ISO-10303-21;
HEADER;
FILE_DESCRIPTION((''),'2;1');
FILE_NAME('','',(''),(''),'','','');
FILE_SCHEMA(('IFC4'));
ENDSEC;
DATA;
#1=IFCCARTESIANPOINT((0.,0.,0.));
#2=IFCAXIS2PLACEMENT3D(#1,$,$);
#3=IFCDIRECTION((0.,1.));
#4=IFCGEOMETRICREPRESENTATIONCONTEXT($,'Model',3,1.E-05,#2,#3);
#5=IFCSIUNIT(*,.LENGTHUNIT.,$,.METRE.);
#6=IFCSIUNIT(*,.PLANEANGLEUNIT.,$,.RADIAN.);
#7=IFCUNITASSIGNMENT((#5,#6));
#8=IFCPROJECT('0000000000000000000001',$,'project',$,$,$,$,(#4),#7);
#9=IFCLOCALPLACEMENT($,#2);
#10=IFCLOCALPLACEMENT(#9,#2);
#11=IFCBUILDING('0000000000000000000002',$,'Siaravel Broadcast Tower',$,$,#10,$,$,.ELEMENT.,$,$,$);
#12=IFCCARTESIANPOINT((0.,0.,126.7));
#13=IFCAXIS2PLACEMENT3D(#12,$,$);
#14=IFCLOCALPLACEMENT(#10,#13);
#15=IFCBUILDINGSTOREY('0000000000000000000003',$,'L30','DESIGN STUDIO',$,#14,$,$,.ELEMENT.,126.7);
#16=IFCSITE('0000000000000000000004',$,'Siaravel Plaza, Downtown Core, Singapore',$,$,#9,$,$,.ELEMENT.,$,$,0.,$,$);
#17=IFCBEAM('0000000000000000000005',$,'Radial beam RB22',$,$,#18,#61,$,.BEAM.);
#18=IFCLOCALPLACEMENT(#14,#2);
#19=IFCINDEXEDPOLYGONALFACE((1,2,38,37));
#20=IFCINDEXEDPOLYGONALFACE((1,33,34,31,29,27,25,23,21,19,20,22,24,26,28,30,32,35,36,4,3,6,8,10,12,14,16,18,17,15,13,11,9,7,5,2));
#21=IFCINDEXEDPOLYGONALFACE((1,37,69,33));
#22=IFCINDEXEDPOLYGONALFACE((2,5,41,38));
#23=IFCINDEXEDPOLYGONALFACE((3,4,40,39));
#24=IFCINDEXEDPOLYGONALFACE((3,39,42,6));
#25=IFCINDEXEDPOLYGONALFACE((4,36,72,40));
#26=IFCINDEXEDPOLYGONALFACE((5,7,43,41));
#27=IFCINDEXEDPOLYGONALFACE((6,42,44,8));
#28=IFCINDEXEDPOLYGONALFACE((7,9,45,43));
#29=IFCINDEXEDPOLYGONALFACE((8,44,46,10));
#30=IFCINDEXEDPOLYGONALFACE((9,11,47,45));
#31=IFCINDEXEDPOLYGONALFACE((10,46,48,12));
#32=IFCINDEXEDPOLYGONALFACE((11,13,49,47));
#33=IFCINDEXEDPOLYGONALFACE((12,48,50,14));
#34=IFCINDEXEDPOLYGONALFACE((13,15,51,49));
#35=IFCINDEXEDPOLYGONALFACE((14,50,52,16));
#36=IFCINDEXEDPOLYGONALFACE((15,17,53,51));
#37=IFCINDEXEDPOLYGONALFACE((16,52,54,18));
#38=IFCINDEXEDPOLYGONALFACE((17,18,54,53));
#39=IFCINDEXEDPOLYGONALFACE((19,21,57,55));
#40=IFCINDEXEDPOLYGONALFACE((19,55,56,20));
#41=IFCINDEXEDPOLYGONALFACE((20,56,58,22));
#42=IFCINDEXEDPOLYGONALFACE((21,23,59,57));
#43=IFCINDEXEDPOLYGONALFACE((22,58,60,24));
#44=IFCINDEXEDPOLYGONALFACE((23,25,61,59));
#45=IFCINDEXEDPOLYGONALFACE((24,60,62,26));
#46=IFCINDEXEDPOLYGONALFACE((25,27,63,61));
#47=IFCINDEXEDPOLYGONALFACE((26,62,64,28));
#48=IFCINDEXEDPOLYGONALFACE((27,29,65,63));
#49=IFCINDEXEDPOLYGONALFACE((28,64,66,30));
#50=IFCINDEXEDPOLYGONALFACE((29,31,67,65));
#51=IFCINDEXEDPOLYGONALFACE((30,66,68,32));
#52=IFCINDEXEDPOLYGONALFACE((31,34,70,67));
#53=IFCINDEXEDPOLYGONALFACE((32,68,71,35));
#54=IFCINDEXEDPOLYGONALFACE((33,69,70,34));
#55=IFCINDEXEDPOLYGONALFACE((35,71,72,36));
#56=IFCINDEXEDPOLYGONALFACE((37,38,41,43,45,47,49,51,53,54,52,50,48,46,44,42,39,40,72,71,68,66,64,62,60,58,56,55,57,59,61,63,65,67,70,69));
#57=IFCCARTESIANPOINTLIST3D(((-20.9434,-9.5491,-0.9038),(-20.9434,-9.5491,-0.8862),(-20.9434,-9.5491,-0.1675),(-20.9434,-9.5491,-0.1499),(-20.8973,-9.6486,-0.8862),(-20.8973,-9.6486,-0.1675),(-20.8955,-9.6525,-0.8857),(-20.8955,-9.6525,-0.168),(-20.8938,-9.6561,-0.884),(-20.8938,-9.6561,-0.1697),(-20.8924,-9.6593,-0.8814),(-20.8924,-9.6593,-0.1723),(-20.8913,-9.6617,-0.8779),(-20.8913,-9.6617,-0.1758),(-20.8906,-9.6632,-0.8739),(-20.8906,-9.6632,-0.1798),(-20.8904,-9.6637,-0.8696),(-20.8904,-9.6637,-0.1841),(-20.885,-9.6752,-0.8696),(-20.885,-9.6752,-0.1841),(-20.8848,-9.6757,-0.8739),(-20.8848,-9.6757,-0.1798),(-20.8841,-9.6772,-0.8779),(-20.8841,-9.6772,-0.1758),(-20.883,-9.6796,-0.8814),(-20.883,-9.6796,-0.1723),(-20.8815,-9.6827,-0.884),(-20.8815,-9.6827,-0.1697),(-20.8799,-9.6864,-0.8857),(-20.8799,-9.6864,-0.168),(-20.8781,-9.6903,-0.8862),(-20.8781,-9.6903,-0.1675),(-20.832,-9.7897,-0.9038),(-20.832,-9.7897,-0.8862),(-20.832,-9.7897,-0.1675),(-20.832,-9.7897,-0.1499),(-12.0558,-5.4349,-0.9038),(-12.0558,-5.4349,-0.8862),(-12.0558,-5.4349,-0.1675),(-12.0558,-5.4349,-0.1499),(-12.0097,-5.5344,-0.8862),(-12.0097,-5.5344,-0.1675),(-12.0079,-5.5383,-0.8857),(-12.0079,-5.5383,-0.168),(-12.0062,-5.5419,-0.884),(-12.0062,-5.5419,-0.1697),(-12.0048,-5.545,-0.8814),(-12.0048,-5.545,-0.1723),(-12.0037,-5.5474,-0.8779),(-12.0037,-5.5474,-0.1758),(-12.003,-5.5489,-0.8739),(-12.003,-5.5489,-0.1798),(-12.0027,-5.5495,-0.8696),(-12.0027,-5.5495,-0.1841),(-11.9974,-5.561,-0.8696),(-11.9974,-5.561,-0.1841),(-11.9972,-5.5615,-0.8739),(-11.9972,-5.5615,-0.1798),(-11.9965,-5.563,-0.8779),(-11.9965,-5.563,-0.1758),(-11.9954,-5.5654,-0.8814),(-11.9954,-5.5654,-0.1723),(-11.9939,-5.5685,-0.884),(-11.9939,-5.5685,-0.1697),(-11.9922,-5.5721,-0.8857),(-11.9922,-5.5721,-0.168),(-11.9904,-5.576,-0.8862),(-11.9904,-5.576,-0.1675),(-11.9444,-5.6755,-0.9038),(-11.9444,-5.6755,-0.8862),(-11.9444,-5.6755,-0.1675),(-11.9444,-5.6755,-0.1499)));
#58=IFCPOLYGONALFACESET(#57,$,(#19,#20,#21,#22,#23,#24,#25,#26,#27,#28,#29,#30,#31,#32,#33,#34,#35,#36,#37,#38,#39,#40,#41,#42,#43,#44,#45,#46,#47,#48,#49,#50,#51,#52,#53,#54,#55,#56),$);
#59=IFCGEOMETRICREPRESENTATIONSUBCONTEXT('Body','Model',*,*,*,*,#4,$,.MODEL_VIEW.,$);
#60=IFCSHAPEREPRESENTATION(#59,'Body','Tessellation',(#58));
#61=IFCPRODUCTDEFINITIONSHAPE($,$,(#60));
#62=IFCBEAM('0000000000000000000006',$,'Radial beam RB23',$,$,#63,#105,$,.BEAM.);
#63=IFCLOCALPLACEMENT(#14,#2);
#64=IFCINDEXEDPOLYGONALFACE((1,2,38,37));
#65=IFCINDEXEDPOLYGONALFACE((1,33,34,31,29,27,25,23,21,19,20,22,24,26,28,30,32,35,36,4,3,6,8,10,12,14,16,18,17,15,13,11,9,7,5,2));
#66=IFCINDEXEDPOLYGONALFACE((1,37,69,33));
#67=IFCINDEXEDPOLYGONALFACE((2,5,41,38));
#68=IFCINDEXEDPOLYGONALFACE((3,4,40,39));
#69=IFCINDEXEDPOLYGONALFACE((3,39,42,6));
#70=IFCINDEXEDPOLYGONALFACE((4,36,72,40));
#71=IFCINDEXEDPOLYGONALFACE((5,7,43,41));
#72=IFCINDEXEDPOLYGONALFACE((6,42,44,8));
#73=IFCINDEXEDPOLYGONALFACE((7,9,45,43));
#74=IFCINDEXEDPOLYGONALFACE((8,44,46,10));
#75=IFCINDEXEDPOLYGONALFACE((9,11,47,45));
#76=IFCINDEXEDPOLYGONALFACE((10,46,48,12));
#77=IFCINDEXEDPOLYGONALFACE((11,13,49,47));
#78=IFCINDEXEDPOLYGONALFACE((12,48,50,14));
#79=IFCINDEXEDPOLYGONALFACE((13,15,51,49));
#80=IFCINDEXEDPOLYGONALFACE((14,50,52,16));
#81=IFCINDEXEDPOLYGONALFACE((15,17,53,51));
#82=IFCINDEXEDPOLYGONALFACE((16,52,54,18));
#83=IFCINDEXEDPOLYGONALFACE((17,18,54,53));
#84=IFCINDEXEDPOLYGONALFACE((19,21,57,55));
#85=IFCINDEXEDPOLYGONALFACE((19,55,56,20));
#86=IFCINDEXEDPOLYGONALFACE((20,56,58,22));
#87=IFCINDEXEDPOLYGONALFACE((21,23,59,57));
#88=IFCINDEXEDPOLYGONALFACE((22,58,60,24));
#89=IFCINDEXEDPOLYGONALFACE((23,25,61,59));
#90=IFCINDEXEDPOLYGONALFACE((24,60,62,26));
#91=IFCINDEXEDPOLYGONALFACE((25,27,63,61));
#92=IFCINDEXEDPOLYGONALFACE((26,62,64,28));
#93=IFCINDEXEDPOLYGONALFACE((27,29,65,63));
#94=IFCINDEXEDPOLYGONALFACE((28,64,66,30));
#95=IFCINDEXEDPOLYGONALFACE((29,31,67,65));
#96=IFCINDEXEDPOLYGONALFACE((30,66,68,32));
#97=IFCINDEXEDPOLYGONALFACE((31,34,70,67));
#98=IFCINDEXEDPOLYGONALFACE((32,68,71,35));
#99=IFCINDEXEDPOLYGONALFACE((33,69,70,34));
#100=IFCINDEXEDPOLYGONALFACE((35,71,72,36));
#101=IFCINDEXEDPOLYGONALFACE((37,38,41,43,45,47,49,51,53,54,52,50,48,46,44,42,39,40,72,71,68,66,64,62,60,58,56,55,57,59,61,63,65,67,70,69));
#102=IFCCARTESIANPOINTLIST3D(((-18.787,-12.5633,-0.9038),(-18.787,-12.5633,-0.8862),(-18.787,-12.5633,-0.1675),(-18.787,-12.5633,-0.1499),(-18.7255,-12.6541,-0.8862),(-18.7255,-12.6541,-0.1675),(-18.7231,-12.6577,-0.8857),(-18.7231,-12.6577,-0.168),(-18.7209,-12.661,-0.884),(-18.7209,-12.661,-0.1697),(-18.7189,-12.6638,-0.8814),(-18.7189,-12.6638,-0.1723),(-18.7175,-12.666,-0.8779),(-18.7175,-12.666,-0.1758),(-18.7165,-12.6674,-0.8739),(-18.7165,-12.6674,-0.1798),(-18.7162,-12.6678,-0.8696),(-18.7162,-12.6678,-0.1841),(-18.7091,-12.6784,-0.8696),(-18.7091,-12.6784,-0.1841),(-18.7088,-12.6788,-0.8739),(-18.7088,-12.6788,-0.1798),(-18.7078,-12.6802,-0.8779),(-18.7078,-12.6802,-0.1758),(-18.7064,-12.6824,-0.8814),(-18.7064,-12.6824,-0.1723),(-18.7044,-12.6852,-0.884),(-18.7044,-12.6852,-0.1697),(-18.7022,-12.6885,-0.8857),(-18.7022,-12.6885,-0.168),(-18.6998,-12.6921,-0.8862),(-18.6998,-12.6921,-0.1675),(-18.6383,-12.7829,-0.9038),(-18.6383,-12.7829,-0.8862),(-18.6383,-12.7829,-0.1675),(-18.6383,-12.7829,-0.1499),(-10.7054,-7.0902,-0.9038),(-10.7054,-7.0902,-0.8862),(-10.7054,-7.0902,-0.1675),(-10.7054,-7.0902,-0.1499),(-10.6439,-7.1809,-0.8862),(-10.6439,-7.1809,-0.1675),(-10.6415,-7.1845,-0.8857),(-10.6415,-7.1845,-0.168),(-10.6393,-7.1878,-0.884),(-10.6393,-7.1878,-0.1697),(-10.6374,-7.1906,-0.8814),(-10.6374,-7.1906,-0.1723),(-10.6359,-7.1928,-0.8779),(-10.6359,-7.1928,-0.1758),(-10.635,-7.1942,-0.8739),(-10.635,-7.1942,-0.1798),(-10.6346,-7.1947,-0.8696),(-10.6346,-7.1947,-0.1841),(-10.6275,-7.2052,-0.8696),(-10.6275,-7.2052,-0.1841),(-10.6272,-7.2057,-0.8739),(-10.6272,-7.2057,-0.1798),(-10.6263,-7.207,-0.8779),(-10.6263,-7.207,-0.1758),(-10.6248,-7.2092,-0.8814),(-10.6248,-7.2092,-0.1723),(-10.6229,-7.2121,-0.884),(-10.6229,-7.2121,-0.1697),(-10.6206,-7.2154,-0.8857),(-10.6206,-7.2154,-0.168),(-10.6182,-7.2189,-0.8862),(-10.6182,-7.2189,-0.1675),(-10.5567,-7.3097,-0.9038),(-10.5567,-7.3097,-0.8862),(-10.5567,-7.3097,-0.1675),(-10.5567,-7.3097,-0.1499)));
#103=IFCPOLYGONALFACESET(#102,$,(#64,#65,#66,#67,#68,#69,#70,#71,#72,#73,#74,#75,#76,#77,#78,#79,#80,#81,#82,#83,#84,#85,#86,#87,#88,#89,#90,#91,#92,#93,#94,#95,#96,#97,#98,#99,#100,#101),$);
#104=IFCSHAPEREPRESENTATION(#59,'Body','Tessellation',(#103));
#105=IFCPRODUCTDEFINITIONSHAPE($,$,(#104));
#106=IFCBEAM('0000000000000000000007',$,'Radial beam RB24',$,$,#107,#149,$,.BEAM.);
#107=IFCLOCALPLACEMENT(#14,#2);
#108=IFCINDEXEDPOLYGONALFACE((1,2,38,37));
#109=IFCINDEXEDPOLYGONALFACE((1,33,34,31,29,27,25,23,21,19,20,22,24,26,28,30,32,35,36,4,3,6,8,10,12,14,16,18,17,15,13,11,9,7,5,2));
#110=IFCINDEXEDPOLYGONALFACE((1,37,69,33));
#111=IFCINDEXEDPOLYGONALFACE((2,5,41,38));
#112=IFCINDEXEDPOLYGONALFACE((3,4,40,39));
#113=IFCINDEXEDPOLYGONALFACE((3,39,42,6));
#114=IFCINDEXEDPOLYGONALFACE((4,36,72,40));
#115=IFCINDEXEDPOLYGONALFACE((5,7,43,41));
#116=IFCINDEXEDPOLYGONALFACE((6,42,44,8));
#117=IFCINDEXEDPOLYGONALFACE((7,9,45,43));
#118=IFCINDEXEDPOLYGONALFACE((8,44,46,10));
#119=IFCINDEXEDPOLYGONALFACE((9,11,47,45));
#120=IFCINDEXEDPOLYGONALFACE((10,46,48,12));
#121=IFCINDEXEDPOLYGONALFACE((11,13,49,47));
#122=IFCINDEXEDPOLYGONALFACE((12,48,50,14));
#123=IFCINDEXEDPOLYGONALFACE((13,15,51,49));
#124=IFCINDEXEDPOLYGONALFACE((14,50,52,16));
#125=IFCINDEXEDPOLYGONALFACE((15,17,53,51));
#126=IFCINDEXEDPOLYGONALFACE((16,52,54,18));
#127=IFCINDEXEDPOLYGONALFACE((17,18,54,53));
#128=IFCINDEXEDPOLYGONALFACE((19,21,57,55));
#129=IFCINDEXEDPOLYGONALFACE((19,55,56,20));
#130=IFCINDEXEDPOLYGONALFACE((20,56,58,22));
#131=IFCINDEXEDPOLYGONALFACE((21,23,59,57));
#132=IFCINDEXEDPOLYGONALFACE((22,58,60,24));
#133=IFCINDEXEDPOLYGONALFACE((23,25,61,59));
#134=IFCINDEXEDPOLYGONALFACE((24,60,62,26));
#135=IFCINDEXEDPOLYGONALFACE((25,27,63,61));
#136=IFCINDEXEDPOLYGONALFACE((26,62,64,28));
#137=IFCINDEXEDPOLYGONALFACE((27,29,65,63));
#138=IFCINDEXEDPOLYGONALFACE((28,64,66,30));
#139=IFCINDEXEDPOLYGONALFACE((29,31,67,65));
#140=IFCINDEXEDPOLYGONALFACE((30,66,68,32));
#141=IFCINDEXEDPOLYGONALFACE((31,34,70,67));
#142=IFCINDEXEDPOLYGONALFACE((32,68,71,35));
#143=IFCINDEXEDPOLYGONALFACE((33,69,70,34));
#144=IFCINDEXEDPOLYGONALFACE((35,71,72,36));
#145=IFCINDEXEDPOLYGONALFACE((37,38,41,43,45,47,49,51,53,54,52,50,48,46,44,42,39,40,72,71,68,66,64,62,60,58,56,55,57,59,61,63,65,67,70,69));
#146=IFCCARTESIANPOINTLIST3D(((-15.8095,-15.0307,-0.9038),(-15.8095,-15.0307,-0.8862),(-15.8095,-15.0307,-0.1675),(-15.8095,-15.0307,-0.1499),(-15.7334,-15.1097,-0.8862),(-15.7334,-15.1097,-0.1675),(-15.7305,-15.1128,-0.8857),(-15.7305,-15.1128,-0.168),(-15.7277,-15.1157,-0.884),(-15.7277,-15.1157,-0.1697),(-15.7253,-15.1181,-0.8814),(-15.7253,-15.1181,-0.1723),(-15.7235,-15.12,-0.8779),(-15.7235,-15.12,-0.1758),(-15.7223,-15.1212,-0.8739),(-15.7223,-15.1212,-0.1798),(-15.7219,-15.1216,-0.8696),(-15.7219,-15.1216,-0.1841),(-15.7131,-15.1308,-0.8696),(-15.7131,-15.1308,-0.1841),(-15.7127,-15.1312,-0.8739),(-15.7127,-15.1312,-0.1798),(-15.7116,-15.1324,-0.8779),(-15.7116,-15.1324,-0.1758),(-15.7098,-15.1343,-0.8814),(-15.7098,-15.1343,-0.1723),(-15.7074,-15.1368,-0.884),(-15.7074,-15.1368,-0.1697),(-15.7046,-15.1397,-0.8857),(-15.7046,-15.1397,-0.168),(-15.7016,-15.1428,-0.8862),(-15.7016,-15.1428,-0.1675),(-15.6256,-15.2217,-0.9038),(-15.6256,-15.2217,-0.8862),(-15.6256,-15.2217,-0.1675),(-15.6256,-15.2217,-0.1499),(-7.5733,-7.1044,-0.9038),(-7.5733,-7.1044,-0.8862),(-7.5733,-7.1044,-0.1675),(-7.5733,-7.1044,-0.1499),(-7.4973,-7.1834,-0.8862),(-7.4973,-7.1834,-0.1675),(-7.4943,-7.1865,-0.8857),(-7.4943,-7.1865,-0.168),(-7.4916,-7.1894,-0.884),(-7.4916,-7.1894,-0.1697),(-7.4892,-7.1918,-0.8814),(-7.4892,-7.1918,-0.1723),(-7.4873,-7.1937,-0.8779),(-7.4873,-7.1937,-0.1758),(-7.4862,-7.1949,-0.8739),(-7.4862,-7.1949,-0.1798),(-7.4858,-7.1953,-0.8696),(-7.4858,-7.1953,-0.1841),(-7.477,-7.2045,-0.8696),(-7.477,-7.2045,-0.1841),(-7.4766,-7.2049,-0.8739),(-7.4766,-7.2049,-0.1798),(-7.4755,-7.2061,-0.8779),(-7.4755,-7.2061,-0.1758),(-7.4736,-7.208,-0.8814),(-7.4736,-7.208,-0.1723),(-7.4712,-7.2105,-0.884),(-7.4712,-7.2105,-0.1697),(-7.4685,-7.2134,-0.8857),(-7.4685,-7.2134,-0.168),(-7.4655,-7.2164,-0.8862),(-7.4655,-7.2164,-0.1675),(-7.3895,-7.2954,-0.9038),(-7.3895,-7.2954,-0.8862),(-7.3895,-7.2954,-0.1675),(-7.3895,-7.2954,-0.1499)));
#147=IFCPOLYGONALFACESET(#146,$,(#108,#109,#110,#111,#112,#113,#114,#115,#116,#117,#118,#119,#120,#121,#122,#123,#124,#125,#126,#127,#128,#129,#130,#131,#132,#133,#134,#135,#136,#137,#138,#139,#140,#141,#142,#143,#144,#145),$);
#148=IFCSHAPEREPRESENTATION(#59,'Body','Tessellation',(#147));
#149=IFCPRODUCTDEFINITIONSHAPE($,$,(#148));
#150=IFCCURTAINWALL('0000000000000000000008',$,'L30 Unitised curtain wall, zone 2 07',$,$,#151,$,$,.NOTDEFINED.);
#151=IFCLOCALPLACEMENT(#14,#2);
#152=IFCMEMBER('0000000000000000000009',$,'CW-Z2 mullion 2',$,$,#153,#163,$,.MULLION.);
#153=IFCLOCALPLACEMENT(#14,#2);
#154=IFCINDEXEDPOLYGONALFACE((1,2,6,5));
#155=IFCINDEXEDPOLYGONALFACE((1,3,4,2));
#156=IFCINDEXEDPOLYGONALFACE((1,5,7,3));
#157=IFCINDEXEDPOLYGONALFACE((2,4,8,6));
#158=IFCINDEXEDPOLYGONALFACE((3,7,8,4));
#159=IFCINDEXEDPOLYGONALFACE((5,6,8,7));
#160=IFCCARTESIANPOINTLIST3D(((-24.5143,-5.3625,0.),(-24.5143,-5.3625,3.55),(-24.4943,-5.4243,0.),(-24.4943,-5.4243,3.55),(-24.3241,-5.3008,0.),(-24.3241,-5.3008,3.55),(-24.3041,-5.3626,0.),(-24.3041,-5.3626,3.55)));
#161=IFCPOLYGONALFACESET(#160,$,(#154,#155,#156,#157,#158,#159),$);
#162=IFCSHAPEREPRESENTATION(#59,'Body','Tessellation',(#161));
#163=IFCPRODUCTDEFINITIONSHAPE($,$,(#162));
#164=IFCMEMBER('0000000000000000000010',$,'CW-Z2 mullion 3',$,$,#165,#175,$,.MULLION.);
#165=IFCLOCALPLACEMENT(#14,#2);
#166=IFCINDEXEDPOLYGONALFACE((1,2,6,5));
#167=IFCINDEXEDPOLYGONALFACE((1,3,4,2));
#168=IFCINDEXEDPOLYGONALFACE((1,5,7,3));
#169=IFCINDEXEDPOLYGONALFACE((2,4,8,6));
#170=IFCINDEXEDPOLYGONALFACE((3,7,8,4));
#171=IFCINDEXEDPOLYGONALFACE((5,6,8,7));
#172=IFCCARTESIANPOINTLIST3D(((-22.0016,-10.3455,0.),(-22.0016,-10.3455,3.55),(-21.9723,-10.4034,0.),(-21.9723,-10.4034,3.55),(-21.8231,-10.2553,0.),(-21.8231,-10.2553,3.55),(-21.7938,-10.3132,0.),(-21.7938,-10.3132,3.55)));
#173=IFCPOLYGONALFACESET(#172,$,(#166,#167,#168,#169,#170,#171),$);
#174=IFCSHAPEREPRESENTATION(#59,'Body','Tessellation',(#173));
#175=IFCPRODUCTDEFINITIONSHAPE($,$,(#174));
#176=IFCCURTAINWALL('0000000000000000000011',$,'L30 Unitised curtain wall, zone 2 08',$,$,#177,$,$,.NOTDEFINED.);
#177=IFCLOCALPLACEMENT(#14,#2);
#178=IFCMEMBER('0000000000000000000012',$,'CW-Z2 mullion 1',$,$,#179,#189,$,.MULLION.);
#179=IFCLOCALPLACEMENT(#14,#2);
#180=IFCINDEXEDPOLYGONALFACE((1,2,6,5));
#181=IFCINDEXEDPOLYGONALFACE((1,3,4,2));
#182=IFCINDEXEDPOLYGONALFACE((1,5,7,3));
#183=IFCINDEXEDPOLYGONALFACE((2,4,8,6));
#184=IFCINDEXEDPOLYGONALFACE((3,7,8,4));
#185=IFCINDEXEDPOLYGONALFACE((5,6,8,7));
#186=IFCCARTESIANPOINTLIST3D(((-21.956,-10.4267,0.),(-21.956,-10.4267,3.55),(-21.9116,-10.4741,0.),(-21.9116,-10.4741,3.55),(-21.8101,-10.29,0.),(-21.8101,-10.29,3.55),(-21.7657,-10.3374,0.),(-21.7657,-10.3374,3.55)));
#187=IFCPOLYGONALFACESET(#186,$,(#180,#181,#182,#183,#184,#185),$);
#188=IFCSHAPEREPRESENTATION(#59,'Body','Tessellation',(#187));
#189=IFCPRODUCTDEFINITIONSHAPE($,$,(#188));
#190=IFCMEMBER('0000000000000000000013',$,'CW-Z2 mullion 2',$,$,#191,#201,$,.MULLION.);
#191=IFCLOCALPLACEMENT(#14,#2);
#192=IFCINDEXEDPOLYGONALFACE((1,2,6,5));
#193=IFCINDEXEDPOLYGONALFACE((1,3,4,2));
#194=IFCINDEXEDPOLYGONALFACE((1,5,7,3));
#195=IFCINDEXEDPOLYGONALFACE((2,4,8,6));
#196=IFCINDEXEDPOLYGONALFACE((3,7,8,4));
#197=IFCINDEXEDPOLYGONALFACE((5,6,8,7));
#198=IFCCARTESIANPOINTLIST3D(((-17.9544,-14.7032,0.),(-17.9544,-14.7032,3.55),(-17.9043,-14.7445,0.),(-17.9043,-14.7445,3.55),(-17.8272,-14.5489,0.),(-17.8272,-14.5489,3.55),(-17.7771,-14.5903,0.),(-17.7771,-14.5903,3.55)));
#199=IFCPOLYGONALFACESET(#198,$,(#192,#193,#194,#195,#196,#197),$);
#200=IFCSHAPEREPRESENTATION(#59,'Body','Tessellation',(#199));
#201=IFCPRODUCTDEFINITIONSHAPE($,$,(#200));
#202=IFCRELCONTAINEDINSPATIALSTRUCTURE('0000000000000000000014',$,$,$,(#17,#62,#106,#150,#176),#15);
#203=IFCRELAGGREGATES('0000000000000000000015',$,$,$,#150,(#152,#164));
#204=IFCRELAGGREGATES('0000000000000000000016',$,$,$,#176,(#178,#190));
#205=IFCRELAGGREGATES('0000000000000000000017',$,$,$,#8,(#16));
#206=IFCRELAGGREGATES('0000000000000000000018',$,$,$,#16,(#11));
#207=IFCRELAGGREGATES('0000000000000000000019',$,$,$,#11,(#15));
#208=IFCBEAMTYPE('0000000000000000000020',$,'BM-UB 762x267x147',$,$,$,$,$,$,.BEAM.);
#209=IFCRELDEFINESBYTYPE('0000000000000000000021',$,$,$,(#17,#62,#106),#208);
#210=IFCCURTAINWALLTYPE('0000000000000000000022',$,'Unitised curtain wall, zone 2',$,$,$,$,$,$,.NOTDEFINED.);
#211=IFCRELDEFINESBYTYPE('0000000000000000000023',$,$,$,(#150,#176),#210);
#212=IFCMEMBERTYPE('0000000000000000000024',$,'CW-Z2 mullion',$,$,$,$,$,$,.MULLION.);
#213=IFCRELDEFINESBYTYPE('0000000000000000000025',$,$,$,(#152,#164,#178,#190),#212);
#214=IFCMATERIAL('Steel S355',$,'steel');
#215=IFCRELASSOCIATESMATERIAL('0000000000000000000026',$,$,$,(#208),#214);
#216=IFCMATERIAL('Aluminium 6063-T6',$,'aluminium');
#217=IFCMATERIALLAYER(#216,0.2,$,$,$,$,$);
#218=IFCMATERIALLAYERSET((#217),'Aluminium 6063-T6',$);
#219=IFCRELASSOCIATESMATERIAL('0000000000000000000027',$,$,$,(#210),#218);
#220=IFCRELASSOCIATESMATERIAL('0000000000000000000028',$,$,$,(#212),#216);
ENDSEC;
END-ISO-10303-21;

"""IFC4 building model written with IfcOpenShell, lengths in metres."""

from ifc_helpers import new_model, si_unit, direction, frame, origin, origin_2d, place, context, subcontext, project, spatial, rectangle, i_section, extrude, material, layer, layer_set, material_profile, profile_set, type_object, element, aggregate, save


model = new_model("IFC4")

# Units and contexts
model_context = context("Model", 3, precision=1e-05, world=origin(), true_north=direction((0.0, 1.0)))
body_context = subcontext(model_context, "Body", "Model", "MODEL_VIEW")
ifc_project = project(units=[si_unit("LENGTHUNIT", "METRE"), si_unit("PLANEANGLEUNIT", "RADIAN")], contexts=[model_context])

# Site, building, storey
site_placement = place(None, origin())
site = spatial("IfcSite", under=ifc_project, at=site_placement, Name="Siaravel Plaza, Downtown Core, Singapore", CompositionType="ELEMENT", RefElevation=0.0)
building_placement = place(site_placement, origin())
building = spatial("IfcBuilding", under=site, at=building_placement, Name="Siaravel Broadcast Tower", CompositionType="ELEMENT")
storey_placement = place(building_placement, frame((0.0, 0.0, 126.7)))
storey = spatial("IfcBuildingStorey", under=building, at=storey_placement, Name="L30", Description="DESIGN STUDIO", CompositionType="ELEMENT", Elevation=126.7)

# Beams
ifc_material_1 = material(Name="Steel S355", Category="steel")
ifc_material_profile_1 = material_profile(ifc_material_1, i_section(OverallWidth=0.2651, OverallDepth=0.7539, WebThickness=0.0127, FlangeThickness=0.0176, FilletRadius=0.0166, at=origin_2d()))
ifc_profile_set_1 = profile_set([ifc_material_profile_1], Name="Steel S355")
beam_type = type_object("IfcBeamType", Name="BM-UB 762x267x147", PredefinedType="BEAM", material=ifc_profile_set_1)
beam_1_placement = place(storey_placement, frame((-20.8877, -9.6694, -0.5269), z_axis=(0.907483, 0.420089, 0.0), x_axis=(-0.420089, 0.907483, 0.0)))
element("IfcBeam", 1, at=beam_1_placement, inside=storey, type_object=beam_type, Name="Radial beam RB22", PredefinedType="BEAM", context=body_context, shape_type="SweptSolid", body=[
    extrude(i_section(OverallWidth=0.2651, OverallDepth=0.7539, WebThickness=0.0127, FlangeThickness=0.0176, FilletRadius=0.0166, at=origin_2d()), origin(), (0.0, 0.0, 1.0), 9.7937),
])
beam_2_placement = place(storey_placement, frame((-18.7126, -12.6731, -0.5269), z_axis=(0.827988, 0.560746, 0.0), x_axis=(-0.560746, 0.827988, 0.0)))
element("IfcBeam", 2, at=beam_2_placement, inside=storey, type_object=beam_type, Name="Radial beam RB23", PredefinedType="BEAM", context=body_context, shape_type="SweptSolid", body=[
    extrude(i_section(OverallWidth=0.2651, OverallDepth=0.7539, WebThickness=0.0127, FlangeThickness=0.0176, FilletRadius=0.0166, at=origin_2d()), origin(), (0.0, 0.0, 1.0), 9.7605),
])
beam_3_placement = place(storey_placement, frame((-15.7175, -15.1262, -0.5269), z_axis=(0.720529, 0.693425, 0.0), x_axis=(-0.693425, 0.720529, 0.0)))
element("IfcBeam", 3, at=beam_3_placement, inside=storey, type_object=beam_type, Name="Radial beam RB24", PredefinedType="BEAM", context=body_context, shape_type="SweptSolid", body=[
    extrude(i_section(OverallWidth=0.2651, OverallDepth=0.7539, WebThickness=0.0127, FlangeThickness=0.0176, FilletRadius=0.0166, at=origin_2d()), origin(), (0.0, 0.0, 1.0), 11.4307),
])

# Curtain walls, members
ifc_material_2 = material(Name="Aluminium 6063-T6", Category="aluminium")
ifc_layer_1 = layer(ifc_material_2, 0.2)
ifc_layer_set_1 = layer_set([ifc_layer_1], Name="Aluminium 6063-T6")
curtain_wall_type = type_object("IfcCurtainWallType", Name="Unitised curtain wall, zone 2", PredefinedType="NOTDEFINED", material=ifc_layer_set_1)
curtain_wall_1_placement = place(storey_placement, origin())
curtain_wall_1 = element("IfcCurtainWall", 4, at=curtain_wall_1_placement, inside=storey, type_object=curtain_wall_type, Name="L30 Unitised curtain wall, zone 2 07", PredefinedType="NOTDEFINED")
ifc_material_profile_2 = material_profile(ifc_material_2, rectangle(XDim=0.2, YDim=0.0649, at=origin_2d()))
ifc_profile_set_2 = profile_set([ifc_material_profile_2], Name="Aluminium 6063-T6")
member_type_1 = type_object("IfcMemberType", Name="CW-Z2 mullion", PredefinedType="MULLION", material=ifc_profile_set_2)
member_1_placement = place(storey_placement, frame((-24.4092, -5.3625, 0.0), z_axis=(0.0, 0.0, 1.0), x_axis=(0.951177, 0.308645, 0.0)))
member_1 = element("IfcMember", 5, at=member_1_placement, type_object=member_type_1, Name="CW-Z2 mullion 2", PredefinedType="MULLION", context=body_context, shape_type="SweptSolid", body=[
    extrude(rectangle(XDim=0.2, YDim=0.0649, at=origin_2d()), origin(), (0.0, 0.0, 1.0), 3.55),
])
member_2_placement = place(storey_placement, frame((-21.8977, -10.3293, 0.0), z_axis=(0.0, 0.0, 1.0), x_axis=(0.892392, 0.451261, 0.0)))
member_2 = element("IfcMember", 6, at=member_2_placement, type_object=member_type_1, Name="CW-Z2 mullion 3", PredefinedType="MULLION", context=body_context, shape_type="SweptSolid", body=[
    extrude(rectangle(XDim=0.2, YDim=0.0649, at=origin_2d()), origin(), (0.0, 0.0, 1.0), 3.55),
])
curtain_wall_2_placement = place(storey_placement, origin())
curtain_wall_2 = element("IfcCurtainWall", 7, at=curtain_wall_2_placement, inside=storey, type_object=curtain_wall_type, Name="L30 Unitised curtain wall, zone 2 08", PredefinedType="NOTDEFINED")
member_3_placement = place(storey_placement, frame((-21.8608, -10.3821, 0.0), z_axis=(0.0, 0.0, 1.0), x_axis=(0.729805, 0.683655, 0.0)))
member_3 = element("IfcMember", 8, at=member_3_placement, type_object=member_type_1, Name="CW-Z2 mullion 1", PredefinedType="MULLION", context=body_context, shape_type="SweptSolid", body=[
    extrude(rectangle(XDim=0.2, YDim=0.0649, at=origin_2d()), origin(), (0.0, 0.0, 1.0), 3.55),
])
member_4_placement = place(storey_placement, frame((-17.8657, -14.6467, 0.0), z_axis=(0.0, 0.0, 1.0), x_axis=(0.636219, 0.771509, 0.0)))
member_4 = element("IfcMember", 9, at=member_4_placement, type_object=member_type_1, Name="CW-Z2 mullion 2", PredefinedType="MULLION", context=body_context, shape_type="SweptSolid", body=[
    extrude(rectangle(XDim=0.2, YDim=0.0649, at=origin_2d()), origin(), (0.0, 0.0, 1.0), 3.55),
])

aggregate(curtain_wall_1, [member_1, member_2])
aggregate(curtain_wall_2, [member_3, member_4])

save(model, "model.ifc")
